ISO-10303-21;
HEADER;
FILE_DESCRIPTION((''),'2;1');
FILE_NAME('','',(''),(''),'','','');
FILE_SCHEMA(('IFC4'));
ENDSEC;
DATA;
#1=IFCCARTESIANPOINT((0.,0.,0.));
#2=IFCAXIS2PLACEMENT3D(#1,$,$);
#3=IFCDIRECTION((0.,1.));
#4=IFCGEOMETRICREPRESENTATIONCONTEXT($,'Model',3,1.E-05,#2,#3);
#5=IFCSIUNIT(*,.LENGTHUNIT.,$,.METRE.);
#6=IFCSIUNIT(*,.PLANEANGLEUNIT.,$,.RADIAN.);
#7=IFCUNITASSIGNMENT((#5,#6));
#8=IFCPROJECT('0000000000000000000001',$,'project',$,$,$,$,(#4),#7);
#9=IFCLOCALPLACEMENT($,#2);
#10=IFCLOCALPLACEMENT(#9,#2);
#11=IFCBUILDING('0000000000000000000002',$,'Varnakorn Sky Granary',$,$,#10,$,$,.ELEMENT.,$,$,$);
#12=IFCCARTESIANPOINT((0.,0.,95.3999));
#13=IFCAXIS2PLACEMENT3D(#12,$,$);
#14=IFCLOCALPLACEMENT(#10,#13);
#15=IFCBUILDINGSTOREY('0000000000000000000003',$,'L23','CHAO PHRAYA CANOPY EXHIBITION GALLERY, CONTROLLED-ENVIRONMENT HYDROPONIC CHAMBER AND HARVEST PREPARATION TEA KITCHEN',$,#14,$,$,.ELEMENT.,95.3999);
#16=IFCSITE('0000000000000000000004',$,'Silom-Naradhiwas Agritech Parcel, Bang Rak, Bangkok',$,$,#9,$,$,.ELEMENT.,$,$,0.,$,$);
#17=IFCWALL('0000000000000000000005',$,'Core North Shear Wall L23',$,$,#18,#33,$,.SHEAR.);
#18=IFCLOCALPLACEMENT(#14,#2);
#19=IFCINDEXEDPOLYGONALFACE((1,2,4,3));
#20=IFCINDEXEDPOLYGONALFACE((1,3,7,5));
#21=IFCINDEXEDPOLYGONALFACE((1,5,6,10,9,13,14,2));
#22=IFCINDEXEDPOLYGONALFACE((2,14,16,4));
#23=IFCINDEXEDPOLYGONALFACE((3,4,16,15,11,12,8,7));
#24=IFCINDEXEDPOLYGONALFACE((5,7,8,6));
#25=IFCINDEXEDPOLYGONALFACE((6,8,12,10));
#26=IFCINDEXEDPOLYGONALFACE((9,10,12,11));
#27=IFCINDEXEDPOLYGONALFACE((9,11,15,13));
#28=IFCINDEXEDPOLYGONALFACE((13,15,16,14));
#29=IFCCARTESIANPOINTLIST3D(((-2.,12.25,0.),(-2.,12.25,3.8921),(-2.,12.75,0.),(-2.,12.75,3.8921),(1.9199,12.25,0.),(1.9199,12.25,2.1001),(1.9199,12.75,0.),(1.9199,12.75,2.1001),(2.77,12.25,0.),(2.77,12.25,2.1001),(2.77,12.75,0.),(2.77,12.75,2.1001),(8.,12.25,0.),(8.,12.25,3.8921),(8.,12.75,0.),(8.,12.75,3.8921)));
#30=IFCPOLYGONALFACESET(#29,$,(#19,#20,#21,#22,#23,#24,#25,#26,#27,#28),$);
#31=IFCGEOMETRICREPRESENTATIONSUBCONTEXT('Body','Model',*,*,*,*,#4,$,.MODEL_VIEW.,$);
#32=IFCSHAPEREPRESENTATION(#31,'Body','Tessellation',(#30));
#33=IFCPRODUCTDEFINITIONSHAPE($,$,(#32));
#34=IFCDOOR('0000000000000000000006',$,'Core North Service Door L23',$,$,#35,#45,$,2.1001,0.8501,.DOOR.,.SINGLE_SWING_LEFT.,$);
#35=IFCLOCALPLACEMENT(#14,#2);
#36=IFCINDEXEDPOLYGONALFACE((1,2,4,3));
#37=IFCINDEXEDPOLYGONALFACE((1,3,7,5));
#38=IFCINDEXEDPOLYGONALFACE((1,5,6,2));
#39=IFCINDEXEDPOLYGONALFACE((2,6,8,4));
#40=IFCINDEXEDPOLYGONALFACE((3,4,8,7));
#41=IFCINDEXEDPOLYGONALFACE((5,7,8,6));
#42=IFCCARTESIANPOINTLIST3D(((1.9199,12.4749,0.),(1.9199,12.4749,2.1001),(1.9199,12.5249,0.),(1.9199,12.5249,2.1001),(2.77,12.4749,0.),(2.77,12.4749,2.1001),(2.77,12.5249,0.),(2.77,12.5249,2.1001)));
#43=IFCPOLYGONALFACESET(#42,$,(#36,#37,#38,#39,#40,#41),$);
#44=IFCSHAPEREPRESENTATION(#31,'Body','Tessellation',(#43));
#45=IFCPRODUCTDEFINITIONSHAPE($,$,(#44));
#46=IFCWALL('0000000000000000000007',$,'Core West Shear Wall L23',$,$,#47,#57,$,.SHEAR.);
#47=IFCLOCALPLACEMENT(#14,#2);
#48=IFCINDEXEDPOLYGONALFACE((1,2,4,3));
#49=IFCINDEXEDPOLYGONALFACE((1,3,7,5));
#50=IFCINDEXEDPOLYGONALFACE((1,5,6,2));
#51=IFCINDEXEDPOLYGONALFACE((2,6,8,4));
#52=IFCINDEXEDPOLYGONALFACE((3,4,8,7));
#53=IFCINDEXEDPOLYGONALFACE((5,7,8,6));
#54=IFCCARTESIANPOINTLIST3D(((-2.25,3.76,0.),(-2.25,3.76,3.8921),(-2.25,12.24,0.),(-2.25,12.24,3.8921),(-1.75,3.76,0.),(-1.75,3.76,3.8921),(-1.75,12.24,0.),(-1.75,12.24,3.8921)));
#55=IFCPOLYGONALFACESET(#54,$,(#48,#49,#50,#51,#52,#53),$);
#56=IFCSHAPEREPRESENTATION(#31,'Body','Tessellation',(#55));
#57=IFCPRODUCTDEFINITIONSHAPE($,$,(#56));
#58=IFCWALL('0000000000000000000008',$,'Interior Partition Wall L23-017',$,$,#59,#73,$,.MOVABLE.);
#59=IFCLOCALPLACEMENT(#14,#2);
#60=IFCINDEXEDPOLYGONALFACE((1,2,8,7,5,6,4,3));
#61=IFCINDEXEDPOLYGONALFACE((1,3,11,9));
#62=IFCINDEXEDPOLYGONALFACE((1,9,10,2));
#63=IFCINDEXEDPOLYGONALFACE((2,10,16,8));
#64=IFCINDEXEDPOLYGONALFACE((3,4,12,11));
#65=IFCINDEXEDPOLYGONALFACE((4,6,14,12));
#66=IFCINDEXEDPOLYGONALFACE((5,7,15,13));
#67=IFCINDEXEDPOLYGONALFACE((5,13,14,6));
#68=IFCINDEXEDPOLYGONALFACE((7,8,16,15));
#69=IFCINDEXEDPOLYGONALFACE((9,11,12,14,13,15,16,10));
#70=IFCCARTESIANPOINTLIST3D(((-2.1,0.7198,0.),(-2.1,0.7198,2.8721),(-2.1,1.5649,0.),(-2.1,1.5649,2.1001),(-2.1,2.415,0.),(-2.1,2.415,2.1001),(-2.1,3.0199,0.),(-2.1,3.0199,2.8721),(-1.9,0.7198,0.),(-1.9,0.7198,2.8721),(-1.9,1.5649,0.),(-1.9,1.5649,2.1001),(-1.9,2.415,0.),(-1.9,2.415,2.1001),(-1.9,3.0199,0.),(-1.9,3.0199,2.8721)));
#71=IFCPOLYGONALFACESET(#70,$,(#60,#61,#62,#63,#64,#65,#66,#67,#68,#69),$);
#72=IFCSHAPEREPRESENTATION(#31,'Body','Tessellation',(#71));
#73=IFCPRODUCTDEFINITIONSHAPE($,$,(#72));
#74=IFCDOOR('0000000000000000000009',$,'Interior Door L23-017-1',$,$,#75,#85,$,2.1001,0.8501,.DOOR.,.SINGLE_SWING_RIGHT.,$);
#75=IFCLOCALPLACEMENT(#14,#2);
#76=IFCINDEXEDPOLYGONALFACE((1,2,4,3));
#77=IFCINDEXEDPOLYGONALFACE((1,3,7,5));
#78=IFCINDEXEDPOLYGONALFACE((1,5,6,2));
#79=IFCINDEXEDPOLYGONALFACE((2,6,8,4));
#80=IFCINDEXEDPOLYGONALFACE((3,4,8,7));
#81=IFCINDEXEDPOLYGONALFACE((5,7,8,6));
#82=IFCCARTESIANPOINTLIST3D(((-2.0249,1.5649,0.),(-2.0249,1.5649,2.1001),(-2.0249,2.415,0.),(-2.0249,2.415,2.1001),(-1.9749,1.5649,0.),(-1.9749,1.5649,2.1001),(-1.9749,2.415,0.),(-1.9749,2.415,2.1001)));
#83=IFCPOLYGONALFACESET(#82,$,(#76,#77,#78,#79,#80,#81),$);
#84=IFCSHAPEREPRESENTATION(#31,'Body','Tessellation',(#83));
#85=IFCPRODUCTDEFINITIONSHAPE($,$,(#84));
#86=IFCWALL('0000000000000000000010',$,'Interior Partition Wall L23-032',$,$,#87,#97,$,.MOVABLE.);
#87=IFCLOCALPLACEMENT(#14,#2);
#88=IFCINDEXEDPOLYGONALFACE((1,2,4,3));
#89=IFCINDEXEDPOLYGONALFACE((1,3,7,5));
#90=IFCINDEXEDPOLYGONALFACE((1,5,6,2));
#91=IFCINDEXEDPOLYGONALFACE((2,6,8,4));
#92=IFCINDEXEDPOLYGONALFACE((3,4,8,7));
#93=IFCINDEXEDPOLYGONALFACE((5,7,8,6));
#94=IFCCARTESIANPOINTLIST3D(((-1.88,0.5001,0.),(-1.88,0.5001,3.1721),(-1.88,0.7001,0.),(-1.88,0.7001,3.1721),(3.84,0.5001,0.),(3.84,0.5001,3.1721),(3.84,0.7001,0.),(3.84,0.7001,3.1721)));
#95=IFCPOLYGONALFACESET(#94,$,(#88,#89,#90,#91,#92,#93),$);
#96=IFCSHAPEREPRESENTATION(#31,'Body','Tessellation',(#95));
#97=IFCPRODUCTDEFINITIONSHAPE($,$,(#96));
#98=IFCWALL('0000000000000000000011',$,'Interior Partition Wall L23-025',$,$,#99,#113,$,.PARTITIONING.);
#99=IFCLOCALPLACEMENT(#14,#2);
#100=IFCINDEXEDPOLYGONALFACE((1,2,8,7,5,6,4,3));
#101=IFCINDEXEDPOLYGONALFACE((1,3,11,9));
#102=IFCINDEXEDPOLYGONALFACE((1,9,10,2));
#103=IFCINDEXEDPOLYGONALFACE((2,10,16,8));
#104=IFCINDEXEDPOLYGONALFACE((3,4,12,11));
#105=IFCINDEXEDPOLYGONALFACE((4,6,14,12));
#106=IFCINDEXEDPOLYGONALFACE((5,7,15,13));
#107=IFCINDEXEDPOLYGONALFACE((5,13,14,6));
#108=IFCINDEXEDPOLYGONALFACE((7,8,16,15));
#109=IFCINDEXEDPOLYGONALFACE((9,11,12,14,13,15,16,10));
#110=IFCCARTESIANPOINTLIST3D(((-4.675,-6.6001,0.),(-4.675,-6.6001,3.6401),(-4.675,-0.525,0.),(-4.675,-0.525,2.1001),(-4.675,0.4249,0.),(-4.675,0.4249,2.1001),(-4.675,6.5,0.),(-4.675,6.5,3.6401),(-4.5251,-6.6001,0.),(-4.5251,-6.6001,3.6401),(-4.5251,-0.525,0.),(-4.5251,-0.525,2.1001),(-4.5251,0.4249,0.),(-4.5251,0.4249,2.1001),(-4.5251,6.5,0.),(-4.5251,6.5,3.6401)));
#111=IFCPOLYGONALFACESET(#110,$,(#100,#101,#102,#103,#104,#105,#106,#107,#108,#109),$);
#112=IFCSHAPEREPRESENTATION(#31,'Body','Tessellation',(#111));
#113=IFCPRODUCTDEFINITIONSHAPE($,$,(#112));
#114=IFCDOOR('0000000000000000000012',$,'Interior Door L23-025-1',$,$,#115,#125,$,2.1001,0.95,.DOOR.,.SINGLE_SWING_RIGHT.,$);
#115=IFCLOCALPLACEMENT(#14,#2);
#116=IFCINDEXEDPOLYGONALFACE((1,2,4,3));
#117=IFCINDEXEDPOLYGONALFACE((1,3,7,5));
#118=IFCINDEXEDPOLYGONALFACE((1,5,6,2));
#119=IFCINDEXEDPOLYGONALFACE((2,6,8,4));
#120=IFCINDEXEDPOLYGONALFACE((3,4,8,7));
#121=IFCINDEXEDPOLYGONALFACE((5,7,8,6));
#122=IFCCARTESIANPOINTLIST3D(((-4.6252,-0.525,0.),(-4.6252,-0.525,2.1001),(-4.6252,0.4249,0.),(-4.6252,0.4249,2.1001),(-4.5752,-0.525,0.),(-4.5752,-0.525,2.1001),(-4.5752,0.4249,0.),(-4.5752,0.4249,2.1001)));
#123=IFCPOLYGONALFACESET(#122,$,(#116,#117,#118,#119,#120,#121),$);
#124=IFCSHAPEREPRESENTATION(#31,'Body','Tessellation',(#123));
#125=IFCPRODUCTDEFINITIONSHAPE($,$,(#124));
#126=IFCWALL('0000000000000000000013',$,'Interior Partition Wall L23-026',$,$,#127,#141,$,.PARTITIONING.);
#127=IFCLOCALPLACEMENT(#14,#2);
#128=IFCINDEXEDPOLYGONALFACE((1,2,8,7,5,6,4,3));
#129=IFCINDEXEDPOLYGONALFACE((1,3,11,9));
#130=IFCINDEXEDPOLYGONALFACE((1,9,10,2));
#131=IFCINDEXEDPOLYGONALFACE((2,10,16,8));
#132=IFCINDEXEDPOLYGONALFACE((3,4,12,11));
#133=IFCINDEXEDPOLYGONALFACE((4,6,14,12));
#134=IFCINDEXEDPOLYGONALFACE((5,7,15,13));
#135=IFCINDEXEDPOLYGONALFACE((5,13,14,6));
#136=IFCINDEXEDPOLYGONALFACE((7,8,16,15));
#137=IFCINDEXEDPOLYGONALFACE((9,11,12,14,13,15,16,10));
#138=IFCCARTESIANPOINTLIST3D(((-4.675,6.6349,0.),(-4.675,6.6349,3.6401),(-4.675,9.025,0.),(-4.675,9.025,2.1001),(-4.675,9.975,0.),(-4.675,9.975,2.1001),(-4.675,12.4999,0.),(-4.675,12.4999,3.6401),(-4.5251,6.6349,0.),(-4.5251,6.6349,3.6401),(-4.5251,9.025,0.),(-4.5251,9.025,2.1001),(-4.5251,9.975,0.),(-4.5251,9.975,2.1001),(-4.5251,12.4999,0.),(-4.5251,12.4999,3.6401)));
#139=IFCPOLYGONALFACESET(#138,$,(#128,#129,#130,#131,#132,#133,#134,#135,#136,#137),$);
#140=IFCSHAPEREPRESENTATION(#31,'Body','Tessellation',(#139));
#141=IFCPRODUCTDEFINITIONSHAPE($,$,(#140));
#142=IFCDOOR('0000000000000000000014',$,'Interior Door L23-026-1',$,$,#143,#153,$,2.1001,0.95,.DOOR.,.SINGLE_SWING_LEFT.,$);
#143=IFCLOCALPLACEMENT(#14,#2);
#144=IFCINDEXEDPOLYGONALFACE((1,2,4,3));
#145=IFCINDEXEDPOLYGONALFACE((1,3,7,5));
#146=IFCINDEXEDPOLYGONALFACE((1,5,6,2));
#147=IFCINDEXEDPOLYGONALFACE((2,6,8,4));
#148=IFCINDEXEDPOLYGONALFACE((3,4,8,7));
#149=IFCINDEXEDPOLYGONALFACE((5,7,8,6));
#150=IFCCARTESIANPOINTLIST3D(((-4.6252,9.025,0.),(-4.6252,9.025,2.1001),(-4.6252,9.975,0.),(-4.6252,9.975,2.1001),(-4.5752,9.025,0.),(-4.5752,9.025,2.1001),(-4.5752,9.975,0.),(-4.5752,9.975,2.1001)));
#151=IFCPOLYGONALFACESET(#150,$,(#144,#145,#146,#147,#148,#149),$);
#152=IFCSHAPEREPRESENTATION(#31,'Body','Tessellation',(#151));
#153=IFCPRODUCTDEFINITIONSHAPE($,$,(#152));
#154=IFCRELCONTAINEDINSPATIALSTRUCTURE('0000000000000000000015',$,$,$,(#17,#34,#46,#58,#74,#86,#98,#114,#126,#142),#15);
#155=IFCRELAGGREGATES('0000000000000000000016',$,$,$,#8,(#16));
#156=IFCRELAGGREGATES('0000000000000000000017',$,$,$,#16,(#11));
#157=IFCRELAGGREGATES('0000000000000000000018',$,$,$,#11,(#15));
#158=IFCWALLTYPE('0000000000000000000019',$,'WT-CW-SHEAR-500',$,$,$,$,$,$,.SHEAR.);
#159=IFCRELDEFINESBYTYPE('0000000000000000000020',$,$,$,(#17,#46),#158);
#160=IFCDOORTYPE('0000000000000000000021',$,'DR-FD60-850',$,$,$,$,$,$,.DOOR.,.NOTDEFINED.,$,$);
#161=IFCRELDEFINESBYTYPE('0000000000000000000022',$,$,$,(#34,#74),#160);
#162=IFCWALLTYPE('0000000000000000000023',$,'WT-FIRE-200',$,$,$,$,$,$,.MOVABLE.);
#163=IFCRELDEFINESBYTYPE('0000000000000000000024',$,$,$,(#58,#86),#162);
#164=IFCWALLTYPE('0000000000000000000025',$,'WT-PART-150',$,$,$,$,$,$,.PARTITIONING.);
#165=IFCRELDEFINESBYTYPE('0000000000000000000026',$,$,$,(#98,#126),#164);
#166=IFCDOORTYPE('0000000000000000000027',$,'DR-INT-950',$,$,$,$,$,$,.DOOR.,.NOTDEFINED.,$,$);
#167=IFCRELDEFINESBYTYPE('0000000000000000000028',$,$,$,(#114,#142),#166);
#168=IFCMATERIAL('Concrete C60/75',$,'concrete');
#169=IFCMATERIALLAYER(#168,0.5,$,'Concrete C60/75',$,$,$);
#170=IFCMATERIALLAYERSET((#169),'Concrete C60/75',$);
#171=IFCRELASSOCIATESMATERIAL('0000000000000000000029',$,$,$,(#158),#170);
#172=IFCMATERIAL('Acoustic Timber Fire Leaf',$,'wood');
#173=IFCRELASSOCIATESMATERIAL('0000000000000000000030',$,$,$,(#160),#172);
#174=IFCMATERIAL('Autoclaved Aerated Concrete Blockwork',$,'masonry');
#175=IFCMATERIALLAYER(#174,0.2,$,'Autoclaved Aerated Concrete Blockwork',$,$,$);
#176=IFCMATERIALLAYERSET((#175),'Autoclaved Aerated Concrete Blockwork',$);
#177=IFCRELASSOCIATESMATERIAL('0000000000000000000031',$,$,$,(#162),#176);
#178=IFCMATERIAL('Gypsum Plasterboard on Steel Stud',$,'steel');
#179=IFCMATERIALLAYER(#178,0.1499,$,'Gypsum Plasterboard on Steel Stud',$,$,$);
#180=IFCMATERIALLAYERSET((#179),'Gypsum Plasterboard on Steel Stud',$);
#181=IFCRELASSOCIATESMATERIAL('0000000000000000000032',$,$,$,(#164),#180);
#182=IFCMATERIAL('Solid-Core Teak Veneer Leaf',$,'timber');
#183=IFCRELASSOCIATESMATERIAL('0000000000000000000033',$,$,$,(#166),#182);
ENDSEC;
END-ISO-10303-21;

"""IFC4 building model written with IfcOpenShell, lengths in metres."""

from ifc_helpers import new_model, si_unit, direction, frame, frame_2d, origin, place, context, subcontext, project, spatial, rectangle, extrude, material, layer, layer_set, type_object, element, fill, save


model = new_model("IFC4")

# Units and contexts
model_context = context("Model", 3, precision=1e-05, world=origin(), true_north=direction((0.0, 1.0)))
body_context = subcontext(model_context, "Body", "Model", "MODEL_VIEW")
ifc_project = project(units=[si_unit("LENGTHUNIT", "METRE"), si_unit("PLANEANGLEUNIT", "RADIAN")], contexts=[model_context])

# Site, building, storey
site_placement = place(None, origin())
site = spatial("IfcSite", under=ifc_project, at=site_placement, Name="Silom-Naradhiwas Agritech Parcel, Bang Rak, Bangkok", CompositionType="ELEMENT", RefElevation=0.0)
building_placement = place(site_placement, origin())
building = spatial("IfcBuilding", under=site, at=building_placement, Name="Varnakorn Sky Granary", CompositionType="ELEMENT")
storey_placement = place(building_placement, frame((0.0, 0.0, 95.3999)))
storey = spatial("IfcBuildingStorey", under=building, at=storey_placement, Name="L23", Description="CHAO PHRAYA CANOPY EXHIBITION GALLERY, CONTROLLED-ENVIRONMENT HYDROPONIC CHAMBER AND HARVEST PREPARATION TEA KITCHEN", CompositionType="ELEMENT", Elevation=95.3999)

# Shared definitions
ifc_material_1 = material(Name="Concrete C60/75", Category="concrete")

# Shared definitions
ifc_layer_1 = layer(ifc_material_1, 0.5, Name="Concrete C60/75")
ifc_layer_set_1 = layer_set([ifc_layer_1], Name="Concrete C60/75")
wall_type_1 = type_object("IfcWallType", Name="WT-CW-SHEAR-500", PredefinedType="SHEAR", material=ifc_layer_set_1)

# Wall, opening, door
wall_1_placement = place(storey_placement, frame((-2.0, 12.5, 0.0), z_axis=(0.0, 0.0, 1.0), x_axis=(1.0, 0.0, 0.0)))
wall_1 = element("IfcWall", 1, at=wall_1_placement, inside=storey, type_object=wall_type_1, Name="Core North Shear Wall L23", PredefinedType="SHEAR", context=body_context, shape_type="SweptSolid", body=[
    extrude(rectangle(XDim=10.0, YDim=0.5, at=frame_2d((5.0, 0.0))), origin(), (0.0, 0.0, 1.0), 3.8921),
])
opening_1_placement = place(wall_1_placement, frame((3.9199, 0.0, 0.0)))
opening_1 = element("IfcOpeningElement", 2, at=opening_1_placement, cuts=wall_1, PredefinedType="OPENING", context=body_context, shape_type="SweptSolid", body=[
    extrude(rectangle(XDim=0.8501, YDim=2.1001, at=frame_2d((0.425, 1.05))), frame((0.0, 0.26, 0.0), z_axis=(0.0, -1.0, 0.0), x_axis=(1.0, 0.0, 0.0)), (0.0, 0.0, 1.0), 0.52),
])
ifc_material_2 = material(Name="Acoustic Timber Fire Leaf", Category="wood")
door_type_1 = type_object("IfcDoorType", Name="DR-FD60-850", OperationType="NOTDEFINED", PredefinedType="DOOR", material=ifc_material_2)
door_1_placement = place(opening_1_placement, origin())
door_1 = element("IfcDoor", 3, at=door_1_placement, inside=storey, type_object=door_type_1, Name="Core North Service Door L23", OperationType="SINGLE_SWING_LEFT", OverallHeight=2.1001, OverallWidth=0.8501, PredefinedType="DOOR", context=body_context, shape_type="SweptSolid", body=[
    extrude(rectangle(XDim=0.8501, YDim=2.1001, at=frame_2d((0.425, 1.05))), frame((0.0, 0.0249, 0.0), z_axis=(0.0, -1.0, 0.0), x_axis=(1.0, 0.0, 0.0)), (0.0, 0.0, 1.0), 0.05),
])
fill(opening_1, door_1)

# Wall
wall_2_placement = place(storey_placement, frame((-2.0, 3.76, 0.0), z_axis=(0.0, 0.0, 1.0), x_axis=(0.0, 1.0, 0.0)))
element("IfcWall", 4, at=wall_2_placement, inside=storey, type_object=wall_type_1, Name="Core West Shear Wall L23", PredefinedType="SHEAR", context=body_context, shape_type="SweptSolid", body=[
    extrude(rectangle(XDim=8.48, YDim=0.5, at=frame_2d((4.24, 0.0))), origin(), (0.0, 0.0, 1.0), 3.8921),
])

# Wall, opening, door
ifc_material_3 = material(Name="Autoclaved Aerated Concrete Blockwork", Category="masonry")
ifc_layer_2 = layer(ifc_material_3, 0.2, Name="Autoclaved Aerated Concrete Blockwork")
ifc_layer_set_2 = layer_set([ifc_layer_2], Name="Autoclaved Aerated Concrete Blockwork")
wall_type_2 = type_object("IfcWallType", Name="WT-FIRE-200", PredefinedType="MOVABLE", material=ifc_layer_set_2)
wall_3_placement = place(storey_placement, frame((-2.0, 0.72, 0.0), z_axis=(0.0, 0.0, 1.0), x_axis=(0.0, 1.0, 0.0)))
wall_3 = element("IfcWall", 5, at=wall_3_placement, inside=storey, type_object=wall_type_2, Name="Interior Partition Wall L23-017", PredefinedType="MOVABLE", context=body_context, shape_type="SweptSolid", body=[
    extrude(rectangle(XDim=2.3, YDim=0.2, at=frame_2d((1.1499, 0.0))), origin(), (0.0, 0.0, 1.0), 2.8721),
])
opening_2_placement = place(wall_3_placement, frame((0.845, 0.0, 0.0)))
opening_2 = element("IfcOpeningElement", 6, at=opening_2_placement, cuts=wall_3, PredefinedType="OPENING", context=body_context, shape_type="SweptSolid", body=[
    extrude(rectangle(XDim=0.8501, YDim=2.1001, at=frame_2d((0.425, 1.05))), frame((0.0, 0.1099, 0.0), z_axis=(0.0, -1.0, 0.0), x_axis=(1.0, 0.0, 0.0)), (0.0, 0.0, 1.0), 0.22),
])
door_2_placement = place(opening_2_placement, origin())
door_2 = element("IfcDoor", 7, at=door_2_placement, inside=storey, type_object=door_type_1, Name="Interior Door L23-017-1", OperationType="SINGLE_SWING_RIGHT", OverallHeight=2.1001, OverallWidth=0.8501, PredefinedType="DOOR", context=body_context, shape_type="SweptSolid", body=[
    extrude(rectangle(XDim=0.8501, YDim=2.1001, at=frame_2d((0.425, 1.05))), frame((0.0, 0.0249, 0.0), z_axis=(0.0, -1.0, 0.0), x_axis=(1.0, 0.0, 0.0)), (0.0, 0.0, 1.0), 0.05),
])
fill(opening_2, door_2)

# Wall
wall_4_placement = place(storey_placement, frame((-1.8799, 0.6001, 0.0), z_axis=(0.0, 0.0, 1.0), x_axis=(1.0, 0.0, 0.0)))
element("IfcWall", 8, at=wall_4_placement, inside=storey, type_object=wall_type_2, Name="Interior Partition Wall L23-032", PredefinedType="MOVABLE", context=body_context, shape_type="SweptSolid", body=[
    extrude(rectangle(XDim=5.72, YDim=0.2, at=frame_2d((2.8599, 0.0))), origin(), (0.0, 0.0, 1.0), 3.1721),
])

# Walls, openings, doors
ifc_material_4 = material(Name="Gypsum Plasterboard on Steel Stud", Category="steel")
ifc_layer_3 = layer(ifc_material_4, 0.1499, Name="Gypsum Plasterboard on Steel Stud")
ifc_layer_set_3 = layer_set([ifc_layer_3], Name="Gypsum Plasterboard on Steel Stud")
wall_type_3 = type_object("IfcWallType", Name="WT-PART-150", PredefinedType="PARTITIONING", material=ifc_layer_set_3)
wall_5_placement = place(storey_placement, frame((-4.6001, 6.5, 0.0), z_axis=(0.0, 0.0, 1.0), x_axis=(0.0, -1.0, 0.0)))
wall_5 = element("IfcWall", 9, at=wall_5_placement, inside=storey, type_object=wall_type_3, Name="Interior Partition Wall L23-025", PredefinedType="PARTITIONING", context=body_context, shape_type="SweptSolid", body=[
    extrude(rectangle(XDim=13.1001, YDim=0.1499, at=frame_2d((6.55, 0.0))), origin(), (0.0, 0.0, 1.0), 3.6401),
])
opening_3_placement = place(wall_5_placement, frame((6.075, 0.0, 0.0)))
opening_3 = element("IfcOpeningElement", 10, at=opening_3_placement, cuts=wall_5, PredefinedType="OPENING", context=body_context, shape_type="SweptSolid", body=[
    extrude(rectangle(XDim=0.95, YDim=2.1001, at=frame_2d((0.4751, 1.05))), frame((0.0, 0.085, 0.0), z_axis=(0.0, -1.0, 0.0), x_axis=(1.0, 0.0, 0.0)), (0.0, 0.0, 1.0), 0.1699),
])
ifc_material_5 = material(Name="Solid-Core Teak Veneer Leaf", Category="timber")
door_type_2 = type_object("IfcDoorType", Name="DR-INT-950", OperationType="NOTDEFINED", PredefinedType="DOOR", material=ifc_material_5)
door_3_placement = place(opening_3_placement, origin())
door_3 = element("IfcDoor", 11, at=door_3_placement, inside=storey, type_object=door_type_2, Name="Interior Door L23-025-1", OperationType="SINGLE_SWING_RIGHT", OverallHeight=2.1001, OverallWidth=0.95, PredefinedType="DOOR", context=body_context, shape_type="SweptSolid", body=[
    extrude(rectangle(XDim=0.95, YDim=2.1001, at=frame_2d((0.4751, 1.05))), frame((0.0, 0.0249, 0.0), z_axis=(0.0, -1.0, 0.0), x_axis=(1.0, 0.0, 0.0)), (0.0, 0.0, 1.0), 0.05),
])
fill(opening_3, door_3)
wall_6_placement = place(storey_placement, frame((-4.6001, 12.5, 0.0), z_axis=(0.0, 0.0, 1.0), x_axis=(0.0, -1.0, 0.0)))
wall_6 = element("IfcWall", 12, at=wall_6_placement, inside=storey, type_object=wall_type_3, Name="Interior Partition Wall L23-026", PredefinedType="PARTITIONING", context=body_context, shape_type="SweptSolid", body=[
    extrude(rectangle(XDim=5.865, YDim=0.1499, at=frame_2d((2.9326, 0.0))), origin(), (0.0, 0.0, 1.0), 3.6401),
])
opening_4_placement = place(wall_6_placement, frame((2.5249, 0.0, 0.0)))
opening_4 = element("IfcOpeningElement", 13, at=opening_4_placement, cuts=wall_6, PredefinedType="OPENING", context=body_context, shape_type="SweptSolid", body=[
    extrude(rectangle(XDim=0.95, YDim=2.1001, at=frame_2d((0.4751, 1.05))), frame((0.0, 0.085, 0.0), z_axis=(0.0, -1.0, 0.0), x_axis=(1.0, 0.0, 0.0)), (0.0, 0.0, 1.0), 0.1699),
])
door_4_placement = place(opening_4_placement, origin())
door_4 = element("IfcDoor", 14, at=door_4_placement, inside=storey, type_object=door_type_2, Name="Interior Door L23-026-1", OperationType="SINGLE_SWING_LEFT", OverallHeight=2.1001, OverallWidth=0.95, PredefinedType="DOOR", context=body_context, shape_type="SweptSolid", body=[
    extrude(rectangle(XDim=0.95, YDim=2.1001, at=frame_2d((0.4751, 1.05))), frame((0.0, 0.0249, 0.0), z_axis=(0.0, -1.0, 0.0), x_axis=(1.0, 0.0, 0.0)), (0.0, 0.0, 1.0), 0.05),
])
fill(opening_4, door_4)

save(model, "model.ifc")
